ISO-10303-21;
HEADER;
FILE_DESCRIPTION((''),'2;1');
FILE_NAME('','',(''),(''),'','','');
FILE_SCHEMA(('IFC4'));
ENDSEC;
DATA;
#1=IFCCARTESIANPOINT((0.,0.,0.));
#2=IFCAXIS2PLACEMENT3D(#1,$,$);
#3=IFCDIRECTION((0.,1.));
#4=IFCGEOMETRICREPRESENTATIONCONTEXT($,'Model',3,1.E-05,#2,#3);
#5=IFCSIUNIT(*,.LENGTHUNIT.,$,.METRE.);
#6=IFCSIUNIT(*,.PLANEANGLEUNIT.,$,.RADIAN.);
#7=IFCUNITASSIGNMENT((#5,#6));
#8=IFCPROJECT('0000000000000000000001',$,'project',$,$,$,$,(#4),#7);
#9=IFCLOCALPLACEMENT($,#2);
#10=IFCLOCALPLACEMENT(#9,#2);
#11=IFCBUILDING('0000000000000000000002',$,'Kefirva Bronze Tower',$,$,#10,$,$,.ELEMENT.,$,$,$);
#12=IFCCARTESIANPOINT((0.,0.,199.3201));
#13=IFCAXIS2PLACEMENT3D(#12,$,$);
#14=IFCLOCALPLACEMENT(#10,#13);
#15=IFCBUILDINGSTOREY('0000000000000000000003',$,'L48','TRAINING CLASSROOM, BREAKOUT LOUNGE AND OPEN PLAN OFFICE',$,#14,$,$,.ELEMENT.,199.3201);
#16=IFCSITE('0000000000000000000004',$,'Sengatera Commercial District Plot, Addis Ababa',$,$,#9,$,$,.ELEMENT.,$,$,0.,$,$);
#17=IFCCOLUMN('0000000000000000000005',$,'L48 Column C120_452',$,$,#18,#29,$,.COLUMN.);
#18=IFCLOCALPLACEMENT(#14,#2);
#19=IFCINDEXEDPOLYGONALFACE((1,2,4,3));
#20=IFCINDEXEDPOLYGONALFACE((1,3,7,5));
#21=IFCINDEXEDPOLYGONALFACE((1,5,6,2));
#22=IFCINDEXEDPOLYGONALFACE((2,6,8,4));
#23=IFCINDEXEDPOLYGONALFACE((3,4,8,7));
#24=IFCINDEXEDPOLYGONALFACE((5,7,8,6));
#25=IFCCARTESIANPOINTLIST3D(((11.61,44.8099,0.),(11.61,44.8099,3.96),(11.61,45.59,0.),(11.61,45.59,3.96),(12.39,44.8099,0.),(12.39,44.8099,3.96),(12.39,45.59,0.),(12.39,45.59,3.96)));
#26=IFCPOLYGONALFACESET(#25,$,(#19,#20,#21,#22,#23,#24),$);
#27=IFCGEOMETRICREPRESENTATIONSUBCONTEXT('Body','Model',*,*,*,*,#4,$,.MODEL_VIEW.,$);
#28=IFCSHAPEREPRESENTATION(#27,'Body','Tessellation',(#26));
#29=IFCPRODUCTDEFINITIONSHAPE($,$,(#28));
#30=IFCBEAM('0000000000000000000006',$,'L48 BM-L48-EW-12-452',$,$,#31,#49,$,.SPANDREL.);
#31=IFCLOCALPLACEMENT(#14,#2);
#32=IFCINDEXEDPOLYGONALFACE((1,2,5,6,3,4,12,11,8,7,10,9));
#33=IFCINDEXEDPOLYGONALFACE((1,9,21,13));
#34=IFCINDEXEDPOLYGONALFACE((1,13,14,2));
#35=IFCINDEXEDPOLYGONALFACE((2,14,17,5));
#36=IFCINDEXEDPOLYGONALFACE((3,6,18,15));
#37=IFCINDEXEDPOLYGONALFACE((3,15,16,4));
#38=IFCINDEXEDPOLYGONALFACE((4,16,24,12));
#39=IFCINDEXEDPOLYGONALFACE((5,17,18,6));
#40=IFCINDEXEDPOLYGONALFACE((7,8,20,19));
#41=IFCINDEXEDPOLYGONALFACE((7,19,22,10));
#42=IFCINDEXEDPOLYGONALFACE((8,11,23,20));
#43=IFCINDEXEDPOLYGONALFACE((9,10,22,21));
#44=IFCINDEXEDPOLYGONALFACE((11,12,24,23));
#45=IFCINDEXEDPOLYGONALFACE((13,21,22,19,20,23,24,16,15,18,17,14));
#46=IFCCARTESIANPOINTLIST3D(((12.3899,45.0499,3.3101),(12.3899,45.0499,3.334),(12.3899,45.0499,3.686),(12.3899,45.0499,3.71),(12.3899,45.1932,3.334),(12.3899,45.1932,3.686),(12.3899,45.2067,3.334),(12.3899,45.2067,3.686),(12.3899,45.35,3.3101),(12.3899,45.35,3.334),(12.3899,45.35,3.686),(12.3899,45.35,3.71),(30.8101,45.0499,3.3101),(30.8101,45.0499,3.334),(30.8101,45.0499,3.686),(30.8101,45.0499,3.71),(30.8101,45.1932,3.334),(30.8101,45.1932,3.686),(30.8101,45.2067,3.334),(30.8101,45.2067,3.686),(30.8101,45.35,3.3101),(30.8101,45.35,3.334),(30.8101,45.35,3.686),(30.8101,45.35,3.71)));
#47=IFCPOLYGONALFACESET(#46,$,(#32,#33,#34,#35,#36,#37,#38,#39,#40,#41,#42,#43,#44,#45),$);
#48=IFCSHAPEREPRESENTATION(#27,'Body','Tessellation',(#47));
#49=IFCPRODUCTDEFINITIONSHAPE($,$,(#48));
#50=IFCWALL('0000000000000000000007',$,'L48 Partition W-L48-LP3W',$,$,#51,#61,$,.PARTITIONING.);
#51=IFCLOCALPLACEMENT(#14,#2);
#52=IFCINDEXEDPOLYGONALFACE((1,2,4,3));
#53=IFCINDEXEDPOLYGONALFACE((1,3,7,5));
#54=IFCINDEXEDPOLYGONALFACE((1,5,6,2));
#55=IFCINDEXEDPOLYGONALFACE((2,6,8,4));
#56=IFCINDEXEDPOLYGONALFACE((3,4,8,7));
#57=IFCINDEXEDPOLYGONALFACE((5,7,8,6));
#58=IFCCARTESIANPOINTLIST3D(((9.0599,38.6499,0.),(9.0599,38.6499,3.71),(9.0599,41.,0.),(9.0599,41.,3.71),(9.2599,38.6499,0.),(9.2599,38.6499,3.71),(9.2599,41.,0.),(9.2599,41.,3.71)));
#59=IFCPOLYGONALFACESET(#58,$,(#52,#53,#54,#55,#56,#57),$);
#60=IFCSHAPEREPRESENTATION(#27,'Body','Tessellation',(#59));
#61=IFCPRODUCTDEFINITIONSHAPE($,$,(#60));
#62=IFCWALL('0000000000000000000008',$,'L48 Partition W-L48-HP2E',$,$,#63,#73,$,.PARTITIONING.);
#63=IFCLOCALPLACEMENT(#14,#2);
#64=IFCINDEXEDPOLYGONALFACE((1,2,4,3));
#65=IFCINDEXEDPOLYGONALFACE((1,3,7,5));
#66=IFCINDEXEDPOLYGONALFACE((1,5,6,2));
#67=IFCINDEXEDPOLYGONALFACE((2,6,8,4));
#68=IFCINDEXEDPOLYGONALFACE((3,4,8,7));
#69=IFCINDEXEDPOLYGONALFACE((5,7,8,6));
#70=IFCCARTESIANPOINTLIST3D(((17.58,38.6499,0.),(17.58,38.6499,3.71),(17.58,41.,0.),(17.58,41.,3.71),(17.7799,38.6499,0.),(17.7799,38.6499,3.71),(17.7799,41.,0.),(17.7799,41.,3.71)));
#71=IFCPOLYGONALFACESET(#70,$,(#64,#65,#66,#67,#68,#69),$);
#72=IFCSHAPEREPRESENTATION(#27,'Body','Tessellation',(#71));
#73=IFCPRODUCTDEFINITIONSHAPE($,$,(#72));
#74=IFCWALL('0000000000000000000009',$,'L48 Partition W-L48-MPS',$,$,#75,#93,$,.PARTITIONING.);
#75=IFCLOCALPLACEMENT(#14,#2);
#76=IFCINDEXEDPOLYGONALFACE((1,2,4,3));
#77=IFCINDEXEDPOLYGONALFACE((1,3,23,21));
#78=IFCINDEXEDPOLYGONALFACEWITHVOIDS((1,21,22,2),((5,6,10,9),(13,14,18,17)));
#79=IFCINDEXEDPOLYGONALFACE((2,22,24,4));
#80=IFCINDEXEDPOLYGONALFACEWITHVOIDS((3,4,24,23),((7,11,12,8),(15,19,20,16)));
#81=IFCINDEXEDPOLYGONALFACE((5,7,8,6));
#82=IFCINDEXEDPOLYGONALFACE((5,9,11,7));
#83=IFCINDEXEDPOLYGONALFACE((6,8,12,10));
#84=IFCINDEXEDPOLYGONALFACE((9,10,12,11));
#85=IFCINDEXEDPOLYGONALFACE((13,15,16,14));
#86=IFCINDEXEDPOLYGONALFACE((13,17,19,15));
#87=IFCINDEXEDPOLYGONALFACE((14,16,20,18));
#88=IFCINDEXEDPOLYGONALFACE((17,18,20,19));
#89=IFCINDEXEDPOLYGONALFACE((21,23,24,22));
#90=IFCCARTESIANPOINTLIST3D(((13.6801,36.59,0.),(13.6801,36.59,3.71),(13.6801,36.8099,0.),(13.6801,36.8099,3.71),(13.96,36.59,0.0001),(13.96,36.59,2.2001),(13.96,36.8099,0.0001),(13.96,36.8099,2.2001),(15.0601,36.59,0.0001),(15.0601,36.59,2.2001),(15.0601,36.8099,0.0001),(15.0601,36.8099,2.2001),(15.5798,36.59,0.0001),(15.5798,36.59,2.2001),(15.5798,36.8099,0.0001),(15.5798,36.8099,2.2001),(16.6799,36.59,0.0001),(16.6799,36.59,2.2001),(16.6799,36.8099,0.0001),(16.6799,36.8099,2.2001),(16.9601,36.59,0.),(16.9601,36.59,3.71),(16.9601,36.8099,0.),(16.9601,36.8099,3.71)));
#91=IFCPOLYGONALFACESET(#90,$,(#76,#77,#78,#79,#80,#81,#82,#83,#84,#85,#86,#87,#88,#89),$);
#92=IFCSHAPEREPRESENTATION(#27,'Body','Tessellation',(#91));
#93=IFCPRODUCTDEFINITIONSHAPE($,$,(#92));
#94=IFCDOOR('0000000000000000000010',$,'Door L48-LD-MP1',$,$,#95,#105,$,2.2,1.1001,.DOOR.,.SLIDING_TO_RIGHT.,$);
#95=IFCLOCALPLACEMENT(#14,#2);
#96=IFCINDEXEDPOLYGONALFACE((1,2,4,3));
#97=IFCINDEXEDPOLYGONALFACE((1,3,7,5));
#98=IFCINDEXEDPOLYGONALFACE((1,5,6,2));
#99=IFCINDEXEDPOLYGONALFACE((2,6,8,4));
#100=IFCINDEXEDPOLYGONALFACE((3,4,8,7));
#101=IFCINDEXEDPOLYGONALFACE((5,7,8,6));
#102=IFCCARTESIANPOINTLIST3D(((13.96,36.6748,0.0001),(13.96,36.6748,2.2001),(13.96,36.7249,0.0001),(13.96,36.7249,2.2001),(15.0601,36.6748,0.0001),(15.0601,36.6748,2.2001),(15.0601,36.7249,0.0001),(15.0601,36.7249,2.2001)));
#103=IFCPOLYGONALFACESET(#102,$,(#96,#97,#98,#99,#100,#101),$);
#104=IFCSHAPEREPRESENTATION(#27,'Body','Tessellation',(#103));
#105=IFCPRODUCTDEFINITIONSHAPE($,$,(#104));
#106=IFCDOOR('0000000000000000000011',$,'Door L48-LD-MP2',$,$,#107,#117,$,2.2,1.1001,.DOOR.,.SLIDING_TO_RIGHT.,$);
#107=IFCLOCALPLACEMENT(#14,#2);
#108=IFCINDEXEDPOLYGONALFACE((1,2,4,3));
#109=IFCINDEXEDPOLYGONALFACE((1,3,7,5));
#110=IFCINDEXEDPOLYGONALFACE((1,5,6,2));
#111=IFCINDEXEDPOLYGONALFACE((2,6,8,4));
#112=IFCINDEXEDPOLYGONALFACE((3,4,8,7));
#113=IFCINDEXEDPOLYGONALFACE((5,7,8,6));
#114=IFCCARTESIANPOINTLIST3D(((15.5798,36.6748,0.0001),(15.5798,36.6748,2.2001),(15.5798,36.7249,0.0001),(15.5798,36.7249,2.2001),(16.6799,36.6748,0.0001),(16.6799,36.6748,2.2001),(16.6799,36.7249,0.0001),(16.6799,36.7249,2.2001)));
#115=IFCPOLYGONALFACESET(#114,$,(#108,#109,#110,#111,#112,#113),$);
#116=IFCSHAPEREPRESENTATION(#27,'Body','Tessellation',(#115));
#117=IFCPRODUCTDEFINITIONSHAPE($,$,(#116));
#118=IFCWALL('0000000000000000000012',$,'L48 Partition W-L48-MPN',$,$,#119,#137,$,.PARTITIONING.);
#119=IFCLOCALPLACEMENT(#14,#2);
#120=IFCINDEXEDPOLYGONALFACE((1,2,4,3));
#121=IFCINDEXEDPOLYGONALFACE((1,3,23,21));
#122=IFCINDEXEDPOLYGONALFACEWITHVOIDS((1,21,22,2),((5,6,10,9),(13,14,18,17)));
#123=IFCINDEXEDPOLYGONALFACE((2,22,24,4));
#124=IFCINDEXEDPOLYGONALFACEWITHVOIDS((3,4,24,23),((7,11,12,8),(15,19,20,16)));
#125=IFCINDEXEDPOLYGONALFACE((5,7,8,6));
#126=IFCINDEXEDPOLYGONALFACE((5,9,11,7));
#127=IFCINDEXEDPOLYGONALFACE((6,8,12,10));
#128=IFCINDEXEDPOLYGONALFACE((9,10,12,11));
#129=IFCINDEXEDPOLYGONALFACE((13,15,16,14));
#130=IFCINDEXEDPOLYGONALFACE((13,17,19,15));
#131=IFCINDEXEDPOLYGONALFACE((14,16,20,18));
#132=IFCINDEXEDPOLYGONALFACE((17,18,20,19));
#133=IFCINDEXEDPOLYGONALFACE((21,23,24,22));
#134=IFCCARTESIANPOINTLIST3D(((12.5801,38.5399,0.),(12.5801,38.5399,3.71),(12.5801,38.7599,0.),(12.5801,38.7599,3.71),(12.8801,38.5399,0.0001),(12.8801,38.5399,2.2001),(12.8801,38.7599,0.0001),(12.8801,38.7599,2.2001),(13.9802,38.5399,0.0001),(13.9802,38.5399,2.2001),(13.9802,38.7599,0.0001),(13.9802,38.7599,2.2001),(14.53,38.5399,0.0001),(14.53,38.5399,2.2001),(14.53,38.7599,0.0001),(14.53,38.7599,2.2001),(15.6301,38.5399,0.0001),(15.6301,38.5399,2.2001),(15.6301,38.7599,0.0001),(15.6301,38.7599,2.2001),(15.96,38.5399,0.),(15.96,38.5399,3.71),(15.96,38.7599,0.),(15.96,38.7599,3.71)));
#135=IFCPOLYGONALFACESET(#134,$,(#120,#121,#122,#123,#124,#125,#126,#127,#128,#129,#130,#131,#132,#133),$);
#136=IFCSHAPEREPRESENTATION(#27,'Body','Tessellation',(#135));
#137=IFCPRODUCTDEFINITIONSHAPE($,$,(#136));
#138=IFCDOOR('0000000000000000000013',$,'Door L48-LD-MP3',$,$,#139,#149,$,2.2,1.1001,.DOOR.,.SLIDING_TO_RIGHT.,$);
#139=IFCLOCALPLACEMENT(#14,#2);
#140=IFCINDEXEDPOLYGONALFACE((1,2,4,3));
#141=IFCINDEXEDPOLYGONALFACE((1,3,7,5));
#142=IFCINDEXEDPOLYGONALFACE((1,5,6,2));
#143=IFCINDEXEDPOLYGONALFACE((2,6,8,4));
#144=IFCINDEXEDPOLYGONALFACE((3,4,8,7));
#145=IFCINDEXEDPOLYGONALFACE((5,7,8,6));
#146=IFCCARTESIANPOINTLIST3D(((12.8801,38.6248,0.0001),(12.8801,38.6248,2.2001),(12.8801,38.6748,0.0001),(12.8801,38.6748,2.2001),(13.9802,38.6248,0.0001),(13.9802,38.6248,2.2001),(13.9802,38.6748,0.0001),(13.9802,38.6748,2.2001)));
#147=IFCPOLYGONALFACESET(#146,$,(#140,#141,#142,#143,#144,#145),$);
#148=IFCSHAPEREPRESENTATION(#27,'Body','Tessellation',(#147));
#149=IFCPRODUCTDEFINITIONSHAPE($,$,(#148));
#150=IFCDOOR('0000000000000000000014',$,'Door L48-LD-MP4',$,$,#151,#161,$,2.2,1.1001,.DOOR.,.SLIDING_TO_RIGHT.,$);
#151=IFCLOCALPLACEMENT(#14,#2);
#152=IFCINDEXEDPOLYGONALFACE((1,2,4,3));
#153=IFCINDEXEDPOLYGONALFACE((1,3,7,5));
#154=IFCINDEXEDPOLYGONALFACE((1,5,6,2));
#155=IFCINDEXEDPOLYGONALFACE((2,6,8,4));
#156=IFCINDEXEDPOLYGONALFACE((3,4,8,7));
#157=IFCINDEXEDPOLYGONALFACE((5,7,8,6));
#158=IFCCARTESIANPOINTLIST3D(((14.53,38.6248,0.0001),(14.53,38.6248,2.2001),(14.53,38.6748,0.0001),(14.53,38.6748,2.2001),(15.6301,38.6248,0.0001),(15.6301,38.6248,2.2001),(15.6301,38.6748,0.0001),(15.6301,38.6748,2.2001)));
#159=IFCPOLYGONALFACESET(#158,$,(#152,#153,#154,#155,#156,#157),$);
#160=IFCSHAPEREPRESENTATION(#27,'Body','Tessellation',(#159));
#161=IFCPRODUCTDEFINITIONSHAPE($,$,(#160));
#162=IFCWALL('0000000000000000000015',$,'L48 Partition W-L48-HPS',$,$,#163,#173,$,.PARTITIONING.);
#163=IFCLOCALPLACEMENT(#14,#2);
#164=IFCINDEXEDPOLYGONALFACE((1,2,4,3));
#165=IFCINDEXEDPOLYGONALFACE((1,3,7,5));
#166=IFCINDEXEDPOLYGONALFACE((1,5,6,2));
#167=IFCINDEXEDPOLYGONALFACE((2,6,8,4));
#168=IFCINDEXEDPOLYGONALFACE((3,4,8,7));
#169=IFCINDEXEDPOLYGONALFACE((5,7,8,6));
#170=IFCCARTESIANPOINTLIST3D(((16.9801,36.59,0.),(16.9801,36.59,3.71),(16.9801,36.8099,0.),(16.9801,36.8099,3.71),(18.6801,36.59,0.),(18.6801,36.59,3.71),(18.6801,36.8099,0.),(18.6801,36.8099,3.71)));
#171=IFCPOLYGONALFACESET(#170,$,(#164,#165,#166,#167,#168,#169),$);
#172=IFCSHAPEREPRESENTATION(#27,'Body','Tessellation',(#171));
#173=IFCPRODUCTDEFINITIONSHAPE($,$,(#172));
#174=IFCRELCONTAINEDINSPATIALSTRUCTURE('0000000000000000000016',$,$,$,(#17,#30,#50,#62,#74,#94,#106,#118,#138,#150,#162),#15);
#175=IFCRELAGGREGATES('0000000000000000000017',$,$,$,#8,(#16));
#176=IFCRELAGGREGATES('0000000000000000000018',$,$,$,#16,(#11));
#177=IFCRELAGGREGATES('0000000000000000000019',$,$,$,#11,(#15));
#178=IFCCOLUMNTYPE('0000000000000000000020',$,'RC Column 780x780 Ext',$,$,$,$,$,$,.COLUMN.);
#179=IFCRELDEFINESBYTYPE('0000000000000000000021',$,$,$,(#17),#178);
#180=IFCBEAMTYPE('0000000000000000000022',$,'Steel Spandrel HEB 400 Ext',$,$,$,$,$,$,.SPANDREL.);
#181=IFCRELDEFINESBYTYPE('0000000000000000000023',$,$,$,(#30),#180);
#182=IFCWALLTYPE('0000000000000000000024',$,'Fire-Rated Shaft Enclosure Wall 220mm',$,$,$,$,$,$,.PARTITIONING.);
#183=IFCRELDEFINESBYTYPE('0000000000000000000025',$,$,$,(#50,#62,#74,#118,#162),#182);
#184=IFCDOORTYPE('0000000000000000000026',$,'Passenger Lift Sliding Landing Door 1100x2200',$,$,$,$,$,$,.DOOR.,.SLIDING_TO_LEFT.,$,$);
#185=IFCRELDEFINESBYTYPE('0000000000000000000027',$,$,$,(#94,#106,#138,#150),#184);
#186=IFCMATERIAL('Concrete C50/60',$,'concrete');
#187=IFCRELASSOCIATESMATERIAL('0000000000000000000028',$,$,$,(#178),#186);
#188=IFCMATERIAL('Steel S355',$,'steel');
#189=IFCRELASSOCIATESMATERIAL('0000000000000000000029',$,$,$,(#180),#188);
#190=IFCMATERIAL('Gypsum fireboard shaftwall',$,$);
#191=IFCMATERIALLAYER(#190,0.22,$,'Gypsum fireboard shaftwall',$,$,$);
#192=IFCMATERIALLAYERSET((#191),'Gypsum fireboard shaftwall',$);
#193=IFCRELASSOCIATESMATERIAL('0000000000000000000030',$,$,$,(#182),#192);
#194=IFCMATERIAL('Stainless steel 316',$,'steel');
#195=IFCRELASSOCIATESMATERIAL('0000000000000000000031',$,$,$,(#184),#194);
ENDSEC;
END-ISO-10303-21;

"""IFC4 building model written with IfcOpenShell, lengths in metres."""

from ifc_helpers import new_model, si_unit, direction, frame, frame_2d, origin, origin_2d, place, context, subcontext, project, spatial, rectangle, i_section, extrude, material, layer, layer_set, material_profile, profile_set, type_object, element, fill, save


model = new_model("IFC4")

# Units and contexts
model_context = context("Model", 3, precision=1e-05, world=origin(), true_north=direction((0.0, 1.0)))
body_context = subcontext(model_context, "Body", "Model", "MODEL_VIEW")
ifc_project = project(units=[si_unit("LENGTHUNIT", "METRE"), si_unit("PLANEANGLEUNIT", "RADIAN")], contexts=[model_context])

# Site, building, storey
site_placement = place(None, origin())
site = spatial("IfcSite", under=ifc_project, at=site_placement, Name="Sengatera Commercial District Plot, Addis Ababa", CompositionType="ELEMENT", RefElevation=0.0)
building_placement = place(site_placement, origin())
building = spatial("IfcBuilding", under=site, at=building_placement, Name="Kefirva Bronze Tower", CompositionType="ELEMENT")
storey_placement = place(building_placement, frame((0.0, 0.0, 199.3201)))
storey = spatial("IfcBuildingStorey", under=building, at=storey_placement, Name="L48", Description="TRAINING CLASSROOM, BREAKOUT LOUNGE AND OPEN PLAN OFFICE", CompositionType="ELEMENT", Elevation=199.3201)

# Column
ifc_material_1 = material(Name="Concrete C50/60", Category="concrete")
ifc_material_profile_1 = material_profile(ifc_material_1, rectangle(XDim=0.78, YDim=0.78, at=origin_2d()), Name="RC 780x780")
ifc_profile_set_1 = profile_set([ifc_material_profile_1], Name="Concrete C50/60")
column_type = type_object("IfcColumnType", Name="RC Column 780x780 Ext", PredefinedType="COLUMN", material=ifc_profile_set_1)
column_placement = place(storey_placement, frame((12.0, 45.2, 0.0), z_axis=(0.0, 0.0, 1.0), x_axis=(1.0, 0.0, 0.0)))
element("IfcColumn", 1, at=column_placement, inside=storey, type_object=column_type, Name="L48 Column C120_452", PredefinedType="COLUMN", context=body_context, shape_type="SweptSolid", body=[
    extrude(rectangle(XDim=0.78, YDim=0.78, at=origin_2d()), origin(), (0.0, 0.0, 1.0), 3.96),
])

# Beam
ifc_material_2 = material(Name="Steel S355", Category="steel")
ifc_material_profile_2 = material_profile(ifc_material_2, i_section(OverallWidth=0.3, OverallDepth=0.3999, WebThickness=0.0134, FlangeThickness=0.0239, at=origin_2d()), Name="HEB 400")
ifc_profile_set_2 = profile_set([ifc_material_profile_2], Name="Steel S355")
beam_type = type_object("IfcBeamType", Name="Steel Spandrel HEB 400 Ext", PredefinedType="SPANDREL", material=ifc_profile_set_2)
beam_placement = place(storey_placement, frame((12.3899, 45.2, 3.51), z_axis=(1.0, 0.0, 0.0), x_axis=(0.0, 1.0, 0.0)))
element("IfcBeam", 2, at=beam_placement, inside=storey, type_object=beam_type, Name="L48 BM-L48-EW-12-452", PredefinedType="SPANDREL", context=body_context, shape_type="SweptSolid", body=[
    extrude(i_section(OverallWidth=0.3, OverallDepth=0.3999, WebThickness=0.0134, FlangeThickness=0.0239, at=origin_2d()), origin(), (0.0, 0.0, 1.0), 18.4202),
])

# Walls
ifc_material_3 = material(Name="Gypsum fireboard shaftwall")
ifc_layer_1 = layer(ifc_material_3, 0.22, Name="Gypsum fireboard shaftwall")
ifc_layer_set_1 = layer_set([ifc_layer_1], Name="Gypsum fireboard shaftwall")
wall_type_1 = type_object("IfcWallType", Name="Fire-Rated Shaft Enclosure Wall 220mm", PredefinedType="PARTITIONING", material=ifc_layer_set_1)
for number, where, z_axis, x_axis, name in (
    (3, (9.1599, 38.6499, 0.0), (0.0, 0.0, 1.0), (0.0, 1.0, 0.0), "L48 Partition W-L48-LP3W"),
    (4, (17.6799, 38.6499, 0.0), (0.0, 0.0, 1.0), (0.0, 1.0, 0.0), "L48 Partition W-L48-HP2E"),
):
    element("IfcWall", number, at=place(storey_placement, frame(where, z_axis=z_axis, x_axis=x_axis)), inside=storey, type_object=wall_type_1, Name=name, PredefinedType="PARTITIONING", context=body_context, shape_type="SweptSolid", body=[
        extrude(rectangle(XDim=2.3501, YDim=0.2, at=frame_2d((1.175, 0.0))), origin(), (0.0, 0.0, 1.0), 3.71),
    ])

# Walls, openings, doors
wall_1_placement = place(storey_placement, frame((13.6799, 36.7, 0.0), z_axis=(0.0, 0.0, 1.0), x_axis=(1.0, 0.0, 0.0)))
wall_1 = element("IfcWall", 5, at=wall_1_placement, inside=storey, type_object=wall_type_1, Name="L48 Partition W-L48-MPS", PredefinedType="PARTITIONING", context=body_context, shape_type="SweptSolid", body=[
    extrude(rectangle(XDim=3.28, YDim=0.22, at=frame_2d((1.6401, 0.0))), origin(), (0.0, 0.0, 1.0), 3.71),
])
opening_1_placement = place(wall_1_placement, frame((0.28, 0.0, 0.0)))
opening_1 = element("IfcOpeningElement", 6, at=opening_1_placement, cuts=wall_1, PredefinedType="OPENING", context=body_context, shape_type="SweptSolid", body=[
    extrude(rectangle(XDim=1.1001, YDim=2.2, at=frame_2d((0.55, 1.1001))), frame((0.0, 0.1201, 0.0), z_axis=(0.0, -1.0, 0.0), x_axis=(1.0, 0.0, 0.0)), (0.0, 0.0, 1.0), 0.24),
])
opening_2_placement = place(wall_1_placement, frame((1.8999, 0.0, 0.0)))
opening_2 = element("IfcOpeningElement", 7, at=opening_2_placement, cuts=wall_1, PredefinedType="OPENING", context=body_context, shape_type="SweptSolid", body=[
    extrude(rectangle(XDim=1.1001, YDim=2.2, at=frame_2d((0.55, 1.1001))), frame((0.0, 0.1201, 0.0), z_axis=(0.0, -1.0, 0.0), x_axis=(1.0, 0.0, 0.0)), (0.0, 0.0, 1.0), 0.24),
])
ifc_material_4 = material(Name="Stainless steel 316", Category="steel")
door_type_1 = type_object("IfcDoorType", Name="Passenger Lift Sliding Landing Door 1100x2200", OperationType="SLIDING_TO_LEFT", PredefinedType="DOOR", material=ifc_material_4)
door_1_placement = place(opening_1_placement, origin())
door_1 = element("IfcDoor", 8, at=door_1_placement, inside=storey, type_object=door_type_1, Name="Door L48-LD-MP1", OperationType="SLIDING_TO_RIGHT", OverallHeight=2.2, OverallWidth=1.1001, PredefinedType="DOOR", context=body_context, shape_type="SweptSolid", body=[
    extrude(rectangle(XDim=1.1001, YDim=2.2, at=frame_2d((0.55, 1.1001))), frame((0.0, 0.0249, 0.0), z_axis=(0.0, -1.0, 0.0), x_axis=(1.0, 0.0, 0.0)), (0.0, 0.0, 1.0), 0.05),
])
fill(opening_1, door_1)
door_2_placement = place(opening_2_placement, origin())
door_2 = element("IfcDoor", 9, at=door_2_placement, inside=storey, type_object=door_type_1, Name="Door L48-LD-MP2", OperationType="SLIDING_TO_RIGHT", OverallHeight=2.2, OverallWidth=1.1001, PredefinedType="DOOR", context=body_context, shape_type="SweptSolid", body=[
    extrude(rectangle(XDim=1.1001, YDim=2.2, at=frame_2d((0.55, 1.1001))), frame((0.0, 0.0249, 0.0), z_axis=(0.0, -1.0, 0.0), x_axis=(1.0, 0.0, 0.0)), (0.0, 0.0, 1.0), 0.05),
])
fill(opening_2, door_2)
wall_2_placement = place(storey_placement, frame((12.5801, 38.6499, 0.0), z_axis=(0.0, 0.0, 1.0), x_axis=(1.0, 0.0, 0.0)))
wall_2 = element("IfcWall", 10, at=wall_2_placement, inside=storey, type_object=wall_type_1, Name="L48 Partition W-L48-MPN", PredefinedType="PARTITIONING", context=body_context, shape_type="SweptSolid", body=[
    extrude(rectangle(XDim=3.3799, YDim=0.22, at=frame_2d((1.6899, 0.0))), origin(), (0.0, 0.0, 1.0), 3.71),
])
opening_3_placement = place(wall_2_placement, frame((0.3, 0.0, 0.0)))
opening_3 = element("IfcOpeningElement", 11, at=opening_3_placement, cuts=wall_2, PredefinedType="OPENING", context=body_context, shape_type="SweptSolid", body=[
    extrude(rectangle(XDim=1.1001, YDim=2.2, at=frame_2d((0.55, 1.1001))), frame((0.0, 0.1201, 0.0), z_axis=(0.0, -1.0, 0.0), x_axis=(1.0, 0.0, 0.0)), (0.0, 0.0, 1.0), 0.24),
])
opening_4_placement = place(wall_2_placement, frame((1.95, 0.0, 0.0)))
opening_4 = element("IfcOpeningElement", 12, at=opening_4_placement, cuts=wall_2, PredefinedType="OPENING", context=body_context, shape_type="SweptSolid", body=[
    extrude(rectangle(XDim=1.1001, YDim=2.2, at=frame_2d((0.55, 1.1001))), frame((0.0, 0.1201, 0.0), z_axis=(0.0, -1.0, 0.0), x_axis=(1.0, 0.0, 0.0)), (0.0, 0.0, 1.0), 0.24),
])
door_3_placement = place(opening_3_placement, origin())
door_3 = element("IfcDoor", 13, at=door_3_placement, inside=storey, type_object=door_type_1, Name="Door L48-LD-MP3", OperationType="SLIDING_TO_RIGHT", OverallHeight=2.2, OverallWidth=1.1001, PredefinedType="DOOR", context=body_context, shape_type="SweptSolid", body=[
    extrude(rectangle(XDim=1.1001, YDim=2.2, at=frame_2d((0.55, 1.1001))), frame((0.0, 0.0249, 0.0), z_axis=(0.0, -1.0, 0.0), x_axis=(1.0, 0.0, 0.0)), (0.0, 0.0, 1.0), 0.05),
])
fill(opening_3, door_3)
door_4_placement = place(opening_4_placement, origin())
door_4 = element("IfcDoor", 14, at=door_4_placement, inside=storey, type_object=door_type_1, Name="Door L48-LD-MP4", OperationType="SLIDING_TO_RIGHT", OverallHeight=2.2, OverallWidth=1.1001, PredefinedType="DOOR", context=body_context, shape_type="SweptSolid", body=[
    extrude(rectangle(XDim=1.1001, YDim=2.2, at=frame_2d((0.55, 1.1001))), frame((0.0, 0.0249, 0.0), z_axis=(0.0, -1.0, 0.0), x_axis=(1.0, 0.0, 0.0)), (0.0, 0.0, 1.0), 0.05),
])
fill(opening_4, door_4)

# Wall
wall_3_placement = place(storey_placement, frame((16.98, 36.7, 0.0), z_axis=(0.0, 0.0, 1.0), x_axis=(1.0, 0.0, 0.0)))
element("IfcWall", 15, at=wall_3_placement, inside=storey, type_object=wall_type_1, Name="L48 Partition W-L48-HPS", PredefinedType="PARTITIONING", context=body_context, shape_type="SweptSolid", body=[
    extrude(rectangle(XDim=1.7, YDim=0.22, at=frame_2d((0.8501, 0.0))), origin(), (0.0, 0.0, 1.0), 3.71),
])

save(model, "model.ifc")
